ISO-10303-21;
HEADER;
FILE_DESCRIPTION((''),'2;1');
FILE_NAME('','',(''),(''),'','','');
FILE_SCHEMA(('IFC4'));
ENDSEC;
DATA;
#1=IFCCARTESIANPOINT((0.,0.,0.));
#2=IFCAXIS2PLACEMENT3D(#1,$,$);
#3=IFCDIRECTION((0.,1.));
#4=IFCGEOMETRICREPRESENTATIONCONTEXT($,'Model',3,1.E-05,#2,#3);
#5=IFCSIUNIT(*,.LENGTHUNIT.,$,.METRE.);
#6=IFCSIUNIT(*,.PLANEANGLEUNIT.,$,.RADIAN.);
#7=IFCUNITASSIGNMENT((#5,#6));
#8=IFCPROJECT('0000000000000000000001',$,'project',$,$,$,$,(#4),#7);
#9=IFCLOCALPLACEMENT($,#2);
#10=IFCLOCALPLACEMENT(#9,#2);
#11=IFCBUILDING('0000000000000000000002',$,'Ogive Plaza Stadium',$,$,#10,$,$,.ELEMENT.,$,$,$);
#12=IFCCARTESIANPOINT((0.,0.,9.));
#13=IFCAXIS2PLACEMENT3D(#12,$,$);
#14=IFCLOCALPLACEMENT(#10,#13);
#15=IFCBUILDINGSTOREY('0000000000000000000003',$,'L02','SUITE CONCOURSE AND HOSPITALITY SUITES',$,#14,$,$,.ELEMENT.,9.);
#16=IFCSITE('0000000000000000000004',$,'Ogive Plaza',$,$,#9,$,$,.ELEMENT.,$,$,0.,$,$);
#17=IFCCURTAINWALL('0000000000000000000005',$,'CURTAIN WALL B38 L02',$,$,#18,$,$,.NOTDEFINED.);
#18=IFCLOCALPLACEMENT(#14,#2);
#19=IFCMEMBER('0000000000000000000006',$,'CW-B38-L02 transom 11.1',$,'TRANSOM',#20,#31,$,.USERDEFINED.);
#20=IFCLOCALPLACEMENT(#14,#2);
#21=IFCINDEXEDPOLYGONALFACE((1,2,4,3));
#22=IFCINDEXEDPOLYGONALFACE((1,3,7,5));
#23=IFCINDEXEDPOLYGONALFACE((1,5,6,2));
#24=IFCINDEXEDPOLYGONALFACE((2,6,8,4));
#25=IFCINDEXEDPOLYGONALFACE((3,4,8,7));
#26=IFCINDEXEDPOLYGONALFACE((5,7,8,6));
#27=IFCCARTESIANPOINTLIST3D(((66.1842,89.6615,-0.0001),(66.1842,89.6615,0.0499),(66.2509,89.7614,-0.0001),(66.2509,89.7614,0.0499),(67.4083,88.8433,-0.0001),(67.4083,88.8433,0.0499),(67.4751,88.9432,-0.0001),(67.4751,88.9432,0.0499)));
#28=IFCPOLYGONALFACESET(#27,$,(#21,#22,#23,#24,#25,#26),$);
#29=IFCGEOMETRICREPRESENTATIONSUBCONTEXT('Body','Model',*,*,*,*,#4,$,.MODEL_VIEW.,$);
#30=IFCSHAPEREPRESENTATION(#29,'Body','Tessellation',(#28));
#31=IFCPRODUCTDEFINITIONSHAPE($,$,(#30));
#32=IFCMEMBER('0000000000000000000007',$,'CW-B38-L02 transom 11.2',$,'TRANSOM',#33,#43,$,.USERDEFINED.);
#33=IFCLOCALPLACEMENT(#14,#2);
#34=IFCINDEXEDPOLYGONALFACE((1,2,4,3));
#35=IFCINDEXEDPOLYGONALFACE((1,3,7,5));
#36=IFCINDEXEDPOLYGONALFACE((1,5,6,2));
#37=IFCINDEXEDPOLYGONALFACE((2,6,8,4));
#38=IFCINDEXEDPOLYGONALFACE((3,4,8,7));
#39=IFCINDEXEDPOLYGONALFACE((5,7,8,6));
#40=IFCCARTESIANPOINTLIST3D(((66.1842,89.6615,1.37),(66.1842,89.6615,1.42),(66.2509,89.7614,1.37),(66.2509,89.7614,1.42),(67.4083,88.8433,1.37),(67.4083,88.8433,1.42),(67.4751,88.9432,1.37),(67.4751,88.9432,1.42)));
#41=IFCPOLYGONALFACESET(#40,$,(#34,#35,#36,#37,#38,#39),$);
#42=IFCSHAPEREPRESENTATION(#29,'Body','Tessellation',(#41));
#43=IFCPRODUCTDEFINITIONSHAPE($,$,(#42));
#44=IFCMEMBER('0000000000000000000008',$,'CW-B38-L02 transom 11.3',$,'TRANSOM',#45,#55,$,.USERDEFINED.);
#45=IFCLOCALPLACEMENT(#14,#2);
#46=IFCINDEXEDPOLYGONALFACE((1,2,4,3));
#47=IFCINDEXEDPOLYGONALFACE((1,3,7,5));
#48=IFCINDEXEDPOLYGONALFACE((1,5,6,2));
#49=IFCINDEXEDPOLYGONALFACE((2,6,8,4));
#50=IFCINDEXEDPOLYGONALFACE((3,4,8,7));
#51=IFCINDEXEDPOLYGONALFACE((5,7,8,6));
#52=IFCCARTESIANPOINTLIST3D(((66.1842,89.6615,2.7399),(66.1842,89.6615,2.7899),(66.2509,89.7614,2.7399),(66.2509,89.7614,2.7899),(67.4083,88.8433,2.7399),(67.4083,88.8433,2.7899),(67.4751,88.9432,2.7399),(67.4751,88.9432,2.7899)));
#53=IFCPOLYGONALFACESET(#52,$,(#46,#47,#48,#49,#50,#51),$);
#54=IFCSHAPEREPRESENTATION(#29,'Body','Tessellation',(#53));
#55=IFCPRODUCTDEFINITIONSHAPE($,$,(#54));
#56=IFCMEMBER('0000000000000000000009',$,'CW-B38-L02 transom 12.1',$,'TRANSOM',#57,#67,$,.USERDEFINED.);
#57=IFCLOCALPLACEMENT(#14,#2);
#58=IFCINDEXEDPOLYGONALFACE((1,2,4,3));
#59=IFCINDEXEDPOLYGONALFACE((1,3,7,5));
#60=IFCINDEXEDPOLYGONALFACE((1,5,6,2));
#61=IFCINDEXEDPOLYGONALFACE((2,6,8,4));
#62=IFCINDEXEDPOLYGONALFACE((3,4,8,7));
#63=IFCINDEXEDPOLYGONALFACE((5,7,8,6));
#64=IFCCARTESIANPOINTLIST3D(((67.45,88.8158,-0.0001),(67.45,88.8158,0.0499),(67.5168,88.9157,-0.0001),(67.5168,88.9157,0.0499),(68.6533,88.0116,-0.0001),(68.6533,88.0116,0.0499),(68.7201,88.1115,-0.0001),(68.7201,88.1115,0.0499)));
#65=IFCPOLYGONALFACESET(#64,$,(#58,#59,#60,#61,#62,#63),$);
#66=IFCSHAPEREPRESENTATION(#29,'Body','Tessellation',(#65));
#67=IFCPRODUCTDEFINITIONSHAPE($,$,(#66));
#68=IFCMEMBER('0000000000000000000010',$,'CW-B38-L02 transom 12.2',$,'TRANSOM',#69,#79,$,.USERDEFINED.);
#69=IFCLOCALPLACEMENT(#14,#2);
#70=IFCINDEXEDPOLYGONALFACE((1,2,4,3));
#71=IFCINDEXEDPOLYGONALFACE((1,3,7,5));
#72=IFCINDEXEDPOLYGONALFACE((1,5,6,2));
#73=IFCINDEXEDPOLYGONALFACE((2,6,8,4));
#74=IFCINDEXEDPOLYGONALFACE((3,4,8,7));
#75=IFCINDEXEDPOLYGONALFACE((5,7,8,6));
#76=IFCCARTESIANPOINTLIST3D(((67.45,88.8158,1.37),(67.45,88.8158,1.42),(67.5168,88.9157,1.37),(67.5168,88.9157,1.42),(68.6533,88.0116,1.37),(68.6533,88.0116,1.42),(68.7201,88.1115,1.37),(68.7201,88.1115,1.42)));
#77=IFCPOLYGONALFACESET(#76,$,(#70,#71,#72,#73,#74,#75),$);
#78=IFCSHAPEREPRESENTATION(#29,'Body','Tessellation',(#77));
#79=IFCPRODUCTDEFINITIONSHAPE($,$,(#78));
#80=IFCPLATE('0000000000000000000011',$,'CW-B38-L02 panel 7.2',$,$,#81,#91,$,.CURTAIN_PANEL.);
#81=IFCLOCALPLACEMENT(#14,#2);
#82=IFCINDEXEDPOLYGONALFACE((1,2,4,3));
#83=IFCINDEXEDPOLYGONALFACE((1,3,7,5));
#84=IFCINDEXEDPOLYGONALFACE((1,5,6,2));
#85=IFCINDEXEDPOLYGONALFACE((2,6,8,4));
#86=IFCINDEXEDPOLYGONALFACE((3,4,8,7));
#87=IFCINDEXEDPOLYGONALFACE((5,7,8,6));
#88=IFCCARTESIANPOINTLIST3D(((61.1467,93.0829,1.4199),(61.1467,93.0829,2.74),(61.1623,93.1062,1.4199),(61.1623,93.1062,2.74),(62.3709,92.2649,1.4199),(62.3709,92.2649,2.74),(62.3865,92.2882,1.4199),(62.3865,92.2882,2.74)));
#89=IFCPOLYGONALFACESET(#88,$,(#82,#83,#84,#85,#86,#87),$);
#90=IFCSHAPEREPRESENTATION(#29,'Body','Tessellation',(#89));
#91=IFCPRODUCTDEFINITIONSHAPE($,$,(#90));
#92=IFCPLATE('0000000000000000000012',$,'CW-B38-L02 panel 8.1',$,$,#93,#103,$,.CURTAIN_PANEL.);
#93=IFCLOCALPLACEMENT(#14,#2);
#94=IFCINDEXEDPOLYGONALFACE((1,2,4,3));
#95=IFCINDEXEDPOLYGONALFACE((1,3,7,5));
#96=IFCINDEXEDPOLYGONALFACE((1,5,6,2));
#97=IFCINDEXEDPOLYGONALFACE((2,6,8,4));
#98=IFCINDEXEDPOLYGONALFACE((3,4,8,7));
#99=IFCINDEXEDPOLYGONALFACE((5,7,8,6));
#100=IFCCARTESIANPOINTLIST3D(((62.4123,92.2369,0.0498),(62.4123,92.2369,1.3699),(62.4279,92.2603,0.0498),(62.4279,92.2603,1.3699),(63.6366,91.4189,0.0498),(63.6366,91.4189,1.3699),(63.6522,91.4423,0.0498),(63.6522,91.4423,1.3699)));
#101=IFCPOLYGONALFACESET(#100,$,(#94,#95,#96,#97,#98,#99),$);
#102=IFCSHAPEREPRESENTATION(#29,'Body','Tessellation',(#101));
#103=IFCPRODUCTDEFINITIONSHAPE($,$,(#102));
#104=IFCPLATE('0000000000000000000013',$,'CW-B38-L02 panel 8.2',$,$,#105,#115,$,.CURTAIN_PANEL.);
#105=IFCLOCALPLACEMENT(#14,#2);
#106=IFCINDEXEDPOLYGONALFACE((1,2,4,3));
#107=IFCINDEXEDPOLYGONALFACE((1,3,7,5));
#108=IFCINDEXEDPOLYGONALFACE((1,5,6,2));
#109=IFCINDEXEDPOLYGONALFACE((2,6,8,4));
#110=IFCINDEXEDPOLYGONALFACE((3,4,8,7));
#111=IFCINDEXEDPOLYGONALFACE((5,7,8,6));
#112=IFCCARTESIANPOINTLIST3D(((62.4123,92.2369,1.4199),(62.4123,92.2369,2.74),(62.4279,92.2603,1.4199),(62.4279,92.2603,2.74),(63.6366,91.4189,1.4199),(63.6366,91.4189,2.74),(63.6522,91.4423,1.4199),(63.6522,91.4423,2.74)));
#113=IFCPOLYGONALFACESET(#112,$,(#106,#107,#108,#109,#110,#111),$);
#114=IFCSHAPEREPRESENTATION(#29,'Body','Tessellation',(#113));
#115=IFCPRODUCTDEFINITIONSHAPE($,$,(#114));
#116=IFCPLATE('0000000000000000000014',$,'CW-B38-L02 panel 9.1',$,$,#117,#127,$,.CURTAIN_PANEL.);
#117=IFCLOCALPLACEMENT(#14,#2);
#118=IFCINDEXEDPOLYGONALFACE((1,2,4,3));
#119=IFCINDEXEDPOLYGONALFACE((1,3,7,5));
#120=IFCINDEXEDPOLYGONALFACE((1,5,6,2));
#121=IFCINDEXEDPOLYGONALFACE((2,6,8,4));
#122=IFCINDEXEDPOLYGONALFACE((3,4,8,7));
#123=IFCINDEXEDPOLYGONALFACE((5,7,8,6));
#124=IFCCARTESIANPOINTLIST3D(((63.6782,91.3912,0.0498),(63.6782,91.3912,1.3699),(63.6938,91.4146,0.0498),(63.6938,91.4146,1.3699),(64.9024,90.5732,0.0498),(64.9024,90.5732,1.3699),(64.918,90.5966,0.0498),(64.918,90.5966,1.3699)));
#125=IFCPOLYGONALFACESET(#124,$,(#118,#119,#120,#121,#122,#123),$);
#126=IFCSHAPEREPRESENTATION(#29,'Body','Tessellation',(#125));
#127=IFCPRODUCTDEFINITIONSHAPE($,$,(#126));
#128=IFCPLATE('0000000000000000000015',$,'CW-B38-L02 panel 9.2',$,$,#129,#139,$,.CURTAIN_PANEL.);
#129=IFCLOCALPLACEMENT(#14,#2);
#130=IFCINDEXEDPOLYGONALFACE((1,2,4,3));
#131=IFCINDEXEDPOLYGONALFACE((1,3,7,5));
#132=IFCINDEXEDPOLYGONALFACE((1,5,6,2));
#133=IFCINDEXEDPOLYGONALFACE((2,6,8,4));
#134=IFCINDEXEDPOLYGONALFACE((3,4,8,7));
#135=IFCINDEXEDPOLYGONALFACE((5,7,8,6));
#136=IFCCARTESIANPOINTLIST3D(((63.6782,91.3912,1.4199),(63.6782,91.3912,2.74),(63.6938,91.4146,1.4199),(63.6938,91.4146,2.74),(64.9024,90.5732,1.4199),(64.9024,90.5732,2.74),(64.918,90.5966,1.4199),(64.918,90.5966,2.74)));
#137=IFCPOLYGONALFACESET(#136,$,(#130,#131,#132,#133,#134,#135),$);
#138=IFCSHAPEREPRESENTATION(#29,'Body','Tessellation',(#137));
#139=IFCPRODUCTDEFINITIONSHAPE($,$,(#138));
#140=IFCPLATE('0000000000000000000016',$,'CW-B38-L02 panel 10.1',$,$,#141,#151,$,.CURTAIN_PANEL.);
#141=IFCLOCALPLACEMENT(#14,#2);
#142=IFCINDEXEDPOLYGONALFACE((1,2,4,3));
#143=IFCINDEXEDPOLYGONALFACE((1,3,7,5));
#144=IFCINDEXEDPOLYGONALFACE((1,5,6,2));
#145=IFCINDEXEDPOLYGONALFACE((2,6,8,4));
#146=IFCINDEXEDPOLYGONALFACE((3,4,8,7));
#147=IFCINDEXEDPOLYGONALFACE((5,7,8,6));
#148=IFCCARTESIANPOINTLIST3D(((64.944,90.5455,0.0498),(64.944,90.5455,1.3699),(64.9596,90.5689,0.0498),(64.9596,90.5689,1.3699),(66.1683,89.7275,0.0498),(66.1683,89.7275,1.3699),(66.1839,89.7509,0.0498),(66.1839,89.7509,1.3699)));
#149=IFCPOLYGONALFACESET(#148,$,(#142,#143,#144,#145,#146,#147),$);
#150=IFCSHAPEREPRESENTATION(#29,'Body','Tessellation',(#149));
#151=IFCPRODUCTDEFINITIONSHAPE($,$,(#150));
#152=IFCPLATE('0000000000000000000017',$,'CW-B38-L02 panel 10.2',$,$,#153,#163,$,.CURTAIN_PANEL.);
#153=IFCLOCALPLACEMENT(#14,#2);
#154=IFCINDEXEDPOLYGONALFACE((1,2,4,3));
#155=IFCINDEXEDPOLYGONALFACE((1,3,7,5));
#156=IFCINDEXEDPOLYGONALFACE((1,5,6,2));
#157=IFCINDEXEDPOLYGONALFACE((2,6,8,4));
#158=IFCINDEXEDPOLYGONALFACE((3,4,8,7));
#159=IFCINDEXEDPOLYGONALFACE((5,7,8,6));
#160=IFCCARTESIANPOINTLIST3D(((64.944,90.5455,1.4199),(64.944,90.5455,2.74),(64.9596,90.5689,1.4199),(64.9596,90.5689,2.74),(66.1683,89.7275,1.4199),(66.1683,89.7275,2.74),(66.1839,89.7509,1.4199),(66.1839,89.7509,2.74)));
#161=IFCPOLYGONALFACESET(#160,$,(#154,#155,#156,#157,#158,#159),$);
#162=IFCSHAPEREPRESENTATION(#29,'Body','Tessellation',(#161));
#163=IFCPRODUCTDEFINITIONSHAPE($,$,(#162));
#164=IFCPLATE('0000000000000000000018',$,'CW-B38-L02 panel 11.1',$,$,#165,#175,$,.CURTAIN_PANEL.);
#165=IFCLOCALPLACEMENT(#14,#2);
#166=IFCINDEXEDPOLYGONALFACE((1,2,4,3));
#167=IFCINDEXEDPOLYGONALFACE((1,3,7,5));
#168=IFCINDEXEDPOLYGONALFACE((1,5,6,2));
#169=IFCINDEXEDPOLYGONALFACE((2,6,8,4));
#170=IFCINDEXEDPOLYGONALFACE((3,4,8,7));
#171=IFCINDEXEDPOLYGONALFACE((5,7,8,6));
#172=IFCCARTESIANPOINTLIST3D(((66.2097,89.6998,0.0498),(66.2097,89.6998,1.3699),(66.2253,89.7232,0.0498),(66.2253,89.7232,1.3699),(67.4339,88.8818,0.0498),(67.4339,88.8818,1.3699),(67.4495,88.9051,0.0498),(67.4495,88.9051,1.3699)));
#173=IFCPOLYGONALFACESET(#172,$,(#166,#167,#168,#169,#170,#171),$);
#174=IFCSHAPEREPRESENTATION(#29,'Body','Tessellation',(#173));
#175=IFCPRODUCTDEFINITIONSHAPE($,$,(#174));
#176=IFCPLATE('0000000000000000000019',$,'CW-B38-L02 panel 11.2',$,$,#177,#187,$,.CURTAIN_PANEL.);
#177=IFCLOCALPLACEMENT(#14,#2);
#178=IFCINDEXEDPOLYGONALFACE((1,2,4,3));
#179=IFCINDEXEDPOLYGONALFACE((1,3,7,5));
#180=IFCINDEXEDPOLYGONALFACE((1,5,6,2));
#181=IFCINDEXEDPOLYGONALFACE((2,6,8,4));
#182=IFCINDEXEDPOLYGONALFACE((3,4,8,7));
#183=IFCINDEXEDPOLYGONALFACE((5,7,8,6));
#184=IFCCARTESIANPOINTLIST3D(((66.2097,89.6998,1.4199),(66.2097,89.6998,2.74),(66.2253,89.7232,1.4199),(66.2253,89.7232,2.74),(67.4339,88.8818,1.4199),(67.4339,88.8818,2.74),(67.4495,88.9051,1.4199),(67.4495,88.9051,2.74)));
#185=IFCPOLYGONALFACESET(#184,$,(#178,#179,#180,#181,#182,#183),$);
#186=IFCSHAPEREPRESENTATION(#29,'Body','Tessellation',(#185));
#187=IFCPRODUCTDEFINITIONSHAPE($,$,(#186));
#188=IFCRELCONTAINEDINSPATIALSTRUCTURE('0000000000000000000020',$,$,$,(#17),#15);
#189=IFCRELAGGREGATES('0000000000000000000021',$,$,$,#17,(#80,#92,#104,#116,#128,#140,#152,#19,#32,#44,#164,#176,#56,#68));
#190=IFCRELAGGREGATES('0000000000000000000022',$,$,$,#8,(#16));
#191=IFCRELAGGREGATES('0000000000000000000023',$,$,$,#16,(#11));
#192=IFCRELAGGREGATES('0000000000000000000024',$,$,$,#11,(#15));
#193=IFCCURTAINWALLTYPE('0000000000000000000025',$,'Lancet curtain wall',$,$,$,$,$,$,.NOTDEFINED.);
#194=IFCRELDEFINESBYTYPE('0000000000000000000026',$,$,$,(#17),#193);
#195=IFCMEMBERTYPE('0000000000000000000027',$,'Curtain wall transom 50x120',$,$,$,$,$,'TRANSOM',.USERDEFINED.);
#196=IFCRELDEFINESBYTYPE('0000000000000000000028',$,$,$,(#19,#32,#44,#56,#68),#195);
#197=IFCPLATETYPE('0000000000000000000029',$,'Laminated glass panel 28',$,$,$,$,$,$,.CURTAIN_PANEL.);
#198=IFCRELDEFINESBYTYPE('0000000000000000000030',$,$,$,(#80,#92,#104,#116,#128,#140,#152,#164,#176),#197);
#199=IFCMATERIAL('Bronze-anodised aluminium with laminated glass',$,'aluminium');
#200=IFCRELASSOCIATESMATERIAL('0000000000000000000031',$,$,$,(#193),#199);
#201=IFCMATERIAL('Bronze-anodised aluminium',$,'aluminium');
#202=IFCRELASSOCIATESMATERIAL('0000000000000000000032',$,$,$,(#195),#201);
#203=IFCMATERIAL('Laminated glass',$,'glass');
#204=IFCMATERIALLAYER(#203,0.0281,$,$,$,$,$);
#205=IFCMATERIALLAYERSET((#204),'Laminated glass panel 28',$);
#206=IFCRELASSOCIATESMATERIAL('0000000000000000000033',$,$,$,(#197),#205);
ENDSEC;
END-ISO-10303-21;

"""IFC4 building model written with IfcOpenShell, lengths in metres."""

from ifc_helpers import new_model, si_unit, direction, frame, origin, origin_2d, place, context, subcontext, project, spatial, rectangle, extrude, material, layer, layer_set, material_profile, profile_set, type_object, element, aggregate, save


model = new_model("IFC4")

# Units and contexts
model_context = context("Model", 3, precision=1e-05, world=origin(), true_north=direction((0.0, 1.0)))
body_context = subcontext(model_context, "Body", "Model", "MODEL_VIEW")
ifc_project = project(units=[si_unit("LENGTHUNIT", "METRE"), si_unit("PLANEANGLEUNIT", "RADIAN")], contexts=[model_context])

# Site, building, storey
site_placement = place(None, origin())
site = spatial("IfcSite", under=ifc_project, at=site_placement, Name="Ogive Plaza", CompositionType="ELEMENT", RefElevation=0.0)
building_placement = place(site_placement, origin())
building = spatial("IfcBuilding", under=site, at=building_placement, Name="Ogive Plaza Stadium", CompositionType="ELEMENT")
storey_placement = place(building_placement, frame((0.0, 0.0, 9.0)))
storey = spatial("IfcBuildingStorey", under=building, at=storey_placement, Name="L02", Description="SUITE CONCOURSE AND HOSPITALITY SUITES", CompositionType="ELEMENT", Elevation=9.0)

# Curtain wall, members, plates
ifc_material_1 = material(Name="Bronze-anodised aluminium with laminated glass", Category="aluminium")
curtain_wall_type = type_object("IfcCurtainWallType", Name="Lancet curtain wall", PredefinedType="NOTDEFINED", material=ifc_material_1)
curtain_wall_placement = place(storey_placement, origin())
curtain_wall = element("IfcCurtainWall", 1, at=curtain_wall_placement, inside=storey, type_object=curtain_wall_type, Name="CURTAIN WALL B38 L02", PredefinedType="NOTDEFINED")
ifc_material_2 = material(Name="Bronze-anodised aluminium", Category="aluminium")
ifc_material_profile_1 = material_profile(ifc_material_2, rectangle(XDim=0.1201, YDim=0.05, at=origin_2d()), Name="AL 120x50")
ifc_profile_set_1 = profile_set([ifc_material_profile_1], Name="Bronze-anodised aluminium")
member_type_1 = type_object("IfcMemberType", Name="Curtain wall transom 50x120", ElementType="TRANSOM", PredefinedType="USERDEFINED", material=ifc_profile_set_1)
member_1_placement = place(storey_placement, frame((66.2175, 89.7114, 0.0249), z_axis=(0.831412, -0.555656, 0.0), x_axis=(0.555656, 0.831412, 0.0)))
member_1 = element("IfcMember", 2, at=member_1_placement, type_object=member_type_1, Name="CW-B38-L02 transom 11.1", ObjectType="TRANSOM", PredefinedType="USERDEFINED", context=body_context, shape_type="SweptSolid", body=[
    extrude(rectangle(XDim=0.1201, YDim=0.05, at=origin_2d()), origin(), (0.0, 0.0, 1.0), 1.4724),
])
member_2_placement = place(storey_placement, frame((66.2175, 89.7114, 1.395), z_axis=(0.831412, -0.555656, 0.0), x_axis=(0.555656, 0.831412, 0.0)))
member_2 = element("IfcMember", 3, at=member_2_placement, type_object=member_type_1, Name="CW-B38-L02 transom 11.2", ObjectType="TRANSOM", PredefinedType="USERDEFINED", context=body_context, shape_type="SweptSolid", body=[
    extrude(rectangle(XDim=0.1201, YDim=0.05, at=origin_2d()), origin(), (0.0, 0.0, 1.0), 1.4724),
])
member_3_placement = place(storey_placement, frame((66.2175, 89.7114, 2.7649), z_axis=(0.831412, -0.555656, 0.0), x_axis=(0.555656, 0.831412, 0.0)))
member_3 = element("IfcMember", 4, at=member_3_placement, type_object=member_type_1, Name="CW-B38-L02 transom 11.3", ObjectType="TRANSOM", PredefinedType="USERDEFINED", context=body_context, shape_type="SweptSolid", body=[
    extrude(rectangle(XDim=0.1201, YDim=0.05, at=origin_2d()), origin(), (0.0, 0.0, 1.0), 1.4724),
])
member_4_placement = place(storey_placement, frame((67.4834, 88.8657, 0.0249), z_axis=(0.831427, -0.555634, 0.0), x_axis=(0.555634, 0.831427, 0.0)))
member_4 = element("IfcMember", 5, at=member_4_placement, type_object=member_type_1, Name="CW-B38-L02 transom 12.1", ObjectType="TRANSOM", PredefinedType="USERDEFINED", context=body_context, shape_type="SweptSolid", body=[
    extrude(rectangle(XDim=0.1201, YDim=0.05, at=origin_2d()), origin(), (0.0, 0.0, 1.0), 1.4473),
])
member_5_placement = place(storey_placement, frame((67.4834, 88.8657, 1.395), z_axis=(0.831427, -0.555634, 0.0), x_axis=(0.555634, 0.831427, 0.0)))
member_5 = element("IfcMember", 6, at=member_5_placement, type_object=member_type_1, Name="CW-B38-L02 transom 12.2", ObjectType="TRANSOM", PredefinedType="USERDEFINED", context=body_context, shape_type="SweptSolid", body=[
    extrude(rectangle(XDim=0.1201, YDim=0.05, at=origin_2d()), origin(), (0.0, 0.0, 1.0), 1.4473),
])
ifc_material_3 = material(Name="Laminated glass", Category="glass")
ifc_layer_1 = layer(ifc_material_3, 0.0281)
ifc_layer_set_1 = layer_set([ifc_layer_1], Name="Laminated glass panel 28")
plate_type = type_object("IfcPlateType", Name="Laminated glass panel 28", PredefinedType="CURTAIN_PANEL", material=ifc_layer_set_1)
plate_1_placement = place(storey_placement, frame((61.7666, 92.6855, 1.4199), z_axis=(0.0, 0.0, 1.0), x_axis=(0.83147, -0.55557, 0.0)))
plate_1 = element("IfcPlate", 7, at=plate_1_placement, type_object=plate_type, Name="CW-B38-L02 panel 7.2", PredefinedType="CURTAIN_PANEL", context=body_context, shape_type="SweptSolid", body=[
    extrude(rectangle(XDim=1.4724, YDim=0.0281, at=origin_2d()), origin(), (0.0, 0.0, 1.0), 1.3201),
])
plate_2_placement = place(storey_placement, frame((63.0322, 91.8396, 0.0498), z_axis=(0.0, 0.0, 1.0), x_axis=(0.83147, -0.55557, 0.0)))
plate_2 = element("IfcPlate", 8, at=plate_2_placement, type_object=plate_type, Name="CW-B38-L02 panel 8.1", PredefinedType="CURTAIN_PANEL", context=body_context, shape_type="SweptSolid", body=[
    extrude(rectangle(XDim=1.4724, YDim=0.0281, at=origin_2d()), origin(), (0.0, 0.0, 1.0), 1.3201),
])
plate_3_placement = place(storey_placement, frame((63.0322, 91.8396, 1.4199), z_axis=(0.0, 0.0, 1.0), x_axis=(0.83147, -0.55557, 0.0)))
plate_3 = element("IfcPlate", 9, at=plate_3_placement, type_object=plate_type, Name="CW-B38-L02 panel 8.2", PredefinedType="CURTAIN_PANEL", context=body_context, shape_type="SweptSolid", body=[
    extrude(rectangle(XDim=1.4724, YDim=0.0281, at=origin_2d()), origin(), (0.0, 0.0, 1.0), 1.3201),
])
plate_4_placement = place(storey_placement, frame((64.2981, 90.9939, 0.0498), z_axis=(0.0, 0.0, 1.0), x_axis=(0.83147, -0.55557, 0.0)))
plate_4 = element("IfcPlate", 10, at=plate_4_placement, type_object=plate_type, Name="CW-B38-L02 panel 9.1", PredefinedType="CURTAIN_PANEL", context=body_context, shape_type="SweptSolid", body=[
    extrude(rectangle(XDim=1.4724, YDim=0.0281, at=origin_2d()), origin(), (0.0, 0.0, 1.0), 1.3201),
])
plate_5_placement = place(storey_placement, frame((64.2981, 90.9939, 1.4199), z_axis=(0.0, 0.0, 1.0), x_axis=(0.83147, -0.55557, 0.0)))
plate_5 = element("IfcPlate", 11, at=plate_5_placement, type_object=plate_type, Name="CW-B38-L02 panel 9.2", PredefinedType="CURTAIN_PANEL", context=body_context, shape_type="SweptSolid", body=[
    extrude(rectangle(XDim=1.4724, YDim=0.0281, at=origin_2d()), origin(), (0.0, 0.0, 1.0), 1.3201),
])
plate_6_placement = place(storey_placement, frame((65.564, 90.1482, 0.0498), z_axis=(0.0, 0.0, 1.0), x_axis=(0.83147, -0.55557, 0.0)))
plate_6 = element("IfcPlate", 12, at=plate_6_placement, type_object=plate_type, Name="CW-B38-L02 panel 10.1", PredefinedType="CURTAIN_PANEL", context=body_context, shape_type="SweptSolid", body=[
    extrude(rectangle(XDim=1.4724, YDim=0.0281, at=origin_2d()), origin(), (0.0, 0.0, 1.0), 1.3201),
])
plate_7_placement = place(storey_placement, frame((65.564, 90.1482, 1.4199), z_axis=(0.0, 0.0, 1.0), x_axis=(0.83147, -0.55557, 0.0)))
plate_7 = element("IfcPlate", 13, at=plate_7_placement, type_object=plate_type, Name="CW-B38-L02 panel 10.2", PredefinedType="CURTAIN_PANEL", context=body_context, shape_type="SweptSolid", body=[
    extrude(rectangle(XDim=1.4724, YDim=0.0281, at=origin_2d()), origin(), (0.0, 0.0, 1.0), 1.3201),
])
plate_8_placement = place(storey_placement, frame((66.8296, 89.3025, 0.0498), z_axis=(0.0, 0.0, 1.0), x_axis=(0.83147, -0.55557, 0.0)))
plate_8 = element("IfcPlate", 14, at=plate_8_placement, type_object=plate_type, Name="CW-B38-L02 panel 11.1", PredefinedType="CURTAIN_PANEL", context=body_context, shape_type="SweptSolid", body=[
    extrude(rectangle(XDim=1.4724, YDim=0.0281, at=origin_2d()), origin(), (0.0, 0.0, 1.0), 1.3201),
])
plate_9_placement = place(storey_placement, frame((66.8296, 89.3025, 1.4199), z_axis=(0.0, 0.0, 1.0), x_axis=(0.83147, -0.55557, 0.0)))
plate_9 = element("IfcPlate", 15, at=plate_9_placement, type_object=plate_type, Name="CW-B38-L02 panel 11.2", PredefinedType="CURTAIN_PANEL", context=body_context, shape_type="SweptSolid", body=[
    extrude(rectangle(XDim=1.4724, YDim=0.0281, at=origin_2d()), origin(), (0.0, 0.0, 1.0), 1.3201),
])
aggregate(curtain_wall, [plate_1, plate_2, plate_3, plate_4, plate_5, plate_6, plate_7, member_1, member_2, member_3, plate_8, plate_9, member_4, member_5])

save(model, "model.ifc")
